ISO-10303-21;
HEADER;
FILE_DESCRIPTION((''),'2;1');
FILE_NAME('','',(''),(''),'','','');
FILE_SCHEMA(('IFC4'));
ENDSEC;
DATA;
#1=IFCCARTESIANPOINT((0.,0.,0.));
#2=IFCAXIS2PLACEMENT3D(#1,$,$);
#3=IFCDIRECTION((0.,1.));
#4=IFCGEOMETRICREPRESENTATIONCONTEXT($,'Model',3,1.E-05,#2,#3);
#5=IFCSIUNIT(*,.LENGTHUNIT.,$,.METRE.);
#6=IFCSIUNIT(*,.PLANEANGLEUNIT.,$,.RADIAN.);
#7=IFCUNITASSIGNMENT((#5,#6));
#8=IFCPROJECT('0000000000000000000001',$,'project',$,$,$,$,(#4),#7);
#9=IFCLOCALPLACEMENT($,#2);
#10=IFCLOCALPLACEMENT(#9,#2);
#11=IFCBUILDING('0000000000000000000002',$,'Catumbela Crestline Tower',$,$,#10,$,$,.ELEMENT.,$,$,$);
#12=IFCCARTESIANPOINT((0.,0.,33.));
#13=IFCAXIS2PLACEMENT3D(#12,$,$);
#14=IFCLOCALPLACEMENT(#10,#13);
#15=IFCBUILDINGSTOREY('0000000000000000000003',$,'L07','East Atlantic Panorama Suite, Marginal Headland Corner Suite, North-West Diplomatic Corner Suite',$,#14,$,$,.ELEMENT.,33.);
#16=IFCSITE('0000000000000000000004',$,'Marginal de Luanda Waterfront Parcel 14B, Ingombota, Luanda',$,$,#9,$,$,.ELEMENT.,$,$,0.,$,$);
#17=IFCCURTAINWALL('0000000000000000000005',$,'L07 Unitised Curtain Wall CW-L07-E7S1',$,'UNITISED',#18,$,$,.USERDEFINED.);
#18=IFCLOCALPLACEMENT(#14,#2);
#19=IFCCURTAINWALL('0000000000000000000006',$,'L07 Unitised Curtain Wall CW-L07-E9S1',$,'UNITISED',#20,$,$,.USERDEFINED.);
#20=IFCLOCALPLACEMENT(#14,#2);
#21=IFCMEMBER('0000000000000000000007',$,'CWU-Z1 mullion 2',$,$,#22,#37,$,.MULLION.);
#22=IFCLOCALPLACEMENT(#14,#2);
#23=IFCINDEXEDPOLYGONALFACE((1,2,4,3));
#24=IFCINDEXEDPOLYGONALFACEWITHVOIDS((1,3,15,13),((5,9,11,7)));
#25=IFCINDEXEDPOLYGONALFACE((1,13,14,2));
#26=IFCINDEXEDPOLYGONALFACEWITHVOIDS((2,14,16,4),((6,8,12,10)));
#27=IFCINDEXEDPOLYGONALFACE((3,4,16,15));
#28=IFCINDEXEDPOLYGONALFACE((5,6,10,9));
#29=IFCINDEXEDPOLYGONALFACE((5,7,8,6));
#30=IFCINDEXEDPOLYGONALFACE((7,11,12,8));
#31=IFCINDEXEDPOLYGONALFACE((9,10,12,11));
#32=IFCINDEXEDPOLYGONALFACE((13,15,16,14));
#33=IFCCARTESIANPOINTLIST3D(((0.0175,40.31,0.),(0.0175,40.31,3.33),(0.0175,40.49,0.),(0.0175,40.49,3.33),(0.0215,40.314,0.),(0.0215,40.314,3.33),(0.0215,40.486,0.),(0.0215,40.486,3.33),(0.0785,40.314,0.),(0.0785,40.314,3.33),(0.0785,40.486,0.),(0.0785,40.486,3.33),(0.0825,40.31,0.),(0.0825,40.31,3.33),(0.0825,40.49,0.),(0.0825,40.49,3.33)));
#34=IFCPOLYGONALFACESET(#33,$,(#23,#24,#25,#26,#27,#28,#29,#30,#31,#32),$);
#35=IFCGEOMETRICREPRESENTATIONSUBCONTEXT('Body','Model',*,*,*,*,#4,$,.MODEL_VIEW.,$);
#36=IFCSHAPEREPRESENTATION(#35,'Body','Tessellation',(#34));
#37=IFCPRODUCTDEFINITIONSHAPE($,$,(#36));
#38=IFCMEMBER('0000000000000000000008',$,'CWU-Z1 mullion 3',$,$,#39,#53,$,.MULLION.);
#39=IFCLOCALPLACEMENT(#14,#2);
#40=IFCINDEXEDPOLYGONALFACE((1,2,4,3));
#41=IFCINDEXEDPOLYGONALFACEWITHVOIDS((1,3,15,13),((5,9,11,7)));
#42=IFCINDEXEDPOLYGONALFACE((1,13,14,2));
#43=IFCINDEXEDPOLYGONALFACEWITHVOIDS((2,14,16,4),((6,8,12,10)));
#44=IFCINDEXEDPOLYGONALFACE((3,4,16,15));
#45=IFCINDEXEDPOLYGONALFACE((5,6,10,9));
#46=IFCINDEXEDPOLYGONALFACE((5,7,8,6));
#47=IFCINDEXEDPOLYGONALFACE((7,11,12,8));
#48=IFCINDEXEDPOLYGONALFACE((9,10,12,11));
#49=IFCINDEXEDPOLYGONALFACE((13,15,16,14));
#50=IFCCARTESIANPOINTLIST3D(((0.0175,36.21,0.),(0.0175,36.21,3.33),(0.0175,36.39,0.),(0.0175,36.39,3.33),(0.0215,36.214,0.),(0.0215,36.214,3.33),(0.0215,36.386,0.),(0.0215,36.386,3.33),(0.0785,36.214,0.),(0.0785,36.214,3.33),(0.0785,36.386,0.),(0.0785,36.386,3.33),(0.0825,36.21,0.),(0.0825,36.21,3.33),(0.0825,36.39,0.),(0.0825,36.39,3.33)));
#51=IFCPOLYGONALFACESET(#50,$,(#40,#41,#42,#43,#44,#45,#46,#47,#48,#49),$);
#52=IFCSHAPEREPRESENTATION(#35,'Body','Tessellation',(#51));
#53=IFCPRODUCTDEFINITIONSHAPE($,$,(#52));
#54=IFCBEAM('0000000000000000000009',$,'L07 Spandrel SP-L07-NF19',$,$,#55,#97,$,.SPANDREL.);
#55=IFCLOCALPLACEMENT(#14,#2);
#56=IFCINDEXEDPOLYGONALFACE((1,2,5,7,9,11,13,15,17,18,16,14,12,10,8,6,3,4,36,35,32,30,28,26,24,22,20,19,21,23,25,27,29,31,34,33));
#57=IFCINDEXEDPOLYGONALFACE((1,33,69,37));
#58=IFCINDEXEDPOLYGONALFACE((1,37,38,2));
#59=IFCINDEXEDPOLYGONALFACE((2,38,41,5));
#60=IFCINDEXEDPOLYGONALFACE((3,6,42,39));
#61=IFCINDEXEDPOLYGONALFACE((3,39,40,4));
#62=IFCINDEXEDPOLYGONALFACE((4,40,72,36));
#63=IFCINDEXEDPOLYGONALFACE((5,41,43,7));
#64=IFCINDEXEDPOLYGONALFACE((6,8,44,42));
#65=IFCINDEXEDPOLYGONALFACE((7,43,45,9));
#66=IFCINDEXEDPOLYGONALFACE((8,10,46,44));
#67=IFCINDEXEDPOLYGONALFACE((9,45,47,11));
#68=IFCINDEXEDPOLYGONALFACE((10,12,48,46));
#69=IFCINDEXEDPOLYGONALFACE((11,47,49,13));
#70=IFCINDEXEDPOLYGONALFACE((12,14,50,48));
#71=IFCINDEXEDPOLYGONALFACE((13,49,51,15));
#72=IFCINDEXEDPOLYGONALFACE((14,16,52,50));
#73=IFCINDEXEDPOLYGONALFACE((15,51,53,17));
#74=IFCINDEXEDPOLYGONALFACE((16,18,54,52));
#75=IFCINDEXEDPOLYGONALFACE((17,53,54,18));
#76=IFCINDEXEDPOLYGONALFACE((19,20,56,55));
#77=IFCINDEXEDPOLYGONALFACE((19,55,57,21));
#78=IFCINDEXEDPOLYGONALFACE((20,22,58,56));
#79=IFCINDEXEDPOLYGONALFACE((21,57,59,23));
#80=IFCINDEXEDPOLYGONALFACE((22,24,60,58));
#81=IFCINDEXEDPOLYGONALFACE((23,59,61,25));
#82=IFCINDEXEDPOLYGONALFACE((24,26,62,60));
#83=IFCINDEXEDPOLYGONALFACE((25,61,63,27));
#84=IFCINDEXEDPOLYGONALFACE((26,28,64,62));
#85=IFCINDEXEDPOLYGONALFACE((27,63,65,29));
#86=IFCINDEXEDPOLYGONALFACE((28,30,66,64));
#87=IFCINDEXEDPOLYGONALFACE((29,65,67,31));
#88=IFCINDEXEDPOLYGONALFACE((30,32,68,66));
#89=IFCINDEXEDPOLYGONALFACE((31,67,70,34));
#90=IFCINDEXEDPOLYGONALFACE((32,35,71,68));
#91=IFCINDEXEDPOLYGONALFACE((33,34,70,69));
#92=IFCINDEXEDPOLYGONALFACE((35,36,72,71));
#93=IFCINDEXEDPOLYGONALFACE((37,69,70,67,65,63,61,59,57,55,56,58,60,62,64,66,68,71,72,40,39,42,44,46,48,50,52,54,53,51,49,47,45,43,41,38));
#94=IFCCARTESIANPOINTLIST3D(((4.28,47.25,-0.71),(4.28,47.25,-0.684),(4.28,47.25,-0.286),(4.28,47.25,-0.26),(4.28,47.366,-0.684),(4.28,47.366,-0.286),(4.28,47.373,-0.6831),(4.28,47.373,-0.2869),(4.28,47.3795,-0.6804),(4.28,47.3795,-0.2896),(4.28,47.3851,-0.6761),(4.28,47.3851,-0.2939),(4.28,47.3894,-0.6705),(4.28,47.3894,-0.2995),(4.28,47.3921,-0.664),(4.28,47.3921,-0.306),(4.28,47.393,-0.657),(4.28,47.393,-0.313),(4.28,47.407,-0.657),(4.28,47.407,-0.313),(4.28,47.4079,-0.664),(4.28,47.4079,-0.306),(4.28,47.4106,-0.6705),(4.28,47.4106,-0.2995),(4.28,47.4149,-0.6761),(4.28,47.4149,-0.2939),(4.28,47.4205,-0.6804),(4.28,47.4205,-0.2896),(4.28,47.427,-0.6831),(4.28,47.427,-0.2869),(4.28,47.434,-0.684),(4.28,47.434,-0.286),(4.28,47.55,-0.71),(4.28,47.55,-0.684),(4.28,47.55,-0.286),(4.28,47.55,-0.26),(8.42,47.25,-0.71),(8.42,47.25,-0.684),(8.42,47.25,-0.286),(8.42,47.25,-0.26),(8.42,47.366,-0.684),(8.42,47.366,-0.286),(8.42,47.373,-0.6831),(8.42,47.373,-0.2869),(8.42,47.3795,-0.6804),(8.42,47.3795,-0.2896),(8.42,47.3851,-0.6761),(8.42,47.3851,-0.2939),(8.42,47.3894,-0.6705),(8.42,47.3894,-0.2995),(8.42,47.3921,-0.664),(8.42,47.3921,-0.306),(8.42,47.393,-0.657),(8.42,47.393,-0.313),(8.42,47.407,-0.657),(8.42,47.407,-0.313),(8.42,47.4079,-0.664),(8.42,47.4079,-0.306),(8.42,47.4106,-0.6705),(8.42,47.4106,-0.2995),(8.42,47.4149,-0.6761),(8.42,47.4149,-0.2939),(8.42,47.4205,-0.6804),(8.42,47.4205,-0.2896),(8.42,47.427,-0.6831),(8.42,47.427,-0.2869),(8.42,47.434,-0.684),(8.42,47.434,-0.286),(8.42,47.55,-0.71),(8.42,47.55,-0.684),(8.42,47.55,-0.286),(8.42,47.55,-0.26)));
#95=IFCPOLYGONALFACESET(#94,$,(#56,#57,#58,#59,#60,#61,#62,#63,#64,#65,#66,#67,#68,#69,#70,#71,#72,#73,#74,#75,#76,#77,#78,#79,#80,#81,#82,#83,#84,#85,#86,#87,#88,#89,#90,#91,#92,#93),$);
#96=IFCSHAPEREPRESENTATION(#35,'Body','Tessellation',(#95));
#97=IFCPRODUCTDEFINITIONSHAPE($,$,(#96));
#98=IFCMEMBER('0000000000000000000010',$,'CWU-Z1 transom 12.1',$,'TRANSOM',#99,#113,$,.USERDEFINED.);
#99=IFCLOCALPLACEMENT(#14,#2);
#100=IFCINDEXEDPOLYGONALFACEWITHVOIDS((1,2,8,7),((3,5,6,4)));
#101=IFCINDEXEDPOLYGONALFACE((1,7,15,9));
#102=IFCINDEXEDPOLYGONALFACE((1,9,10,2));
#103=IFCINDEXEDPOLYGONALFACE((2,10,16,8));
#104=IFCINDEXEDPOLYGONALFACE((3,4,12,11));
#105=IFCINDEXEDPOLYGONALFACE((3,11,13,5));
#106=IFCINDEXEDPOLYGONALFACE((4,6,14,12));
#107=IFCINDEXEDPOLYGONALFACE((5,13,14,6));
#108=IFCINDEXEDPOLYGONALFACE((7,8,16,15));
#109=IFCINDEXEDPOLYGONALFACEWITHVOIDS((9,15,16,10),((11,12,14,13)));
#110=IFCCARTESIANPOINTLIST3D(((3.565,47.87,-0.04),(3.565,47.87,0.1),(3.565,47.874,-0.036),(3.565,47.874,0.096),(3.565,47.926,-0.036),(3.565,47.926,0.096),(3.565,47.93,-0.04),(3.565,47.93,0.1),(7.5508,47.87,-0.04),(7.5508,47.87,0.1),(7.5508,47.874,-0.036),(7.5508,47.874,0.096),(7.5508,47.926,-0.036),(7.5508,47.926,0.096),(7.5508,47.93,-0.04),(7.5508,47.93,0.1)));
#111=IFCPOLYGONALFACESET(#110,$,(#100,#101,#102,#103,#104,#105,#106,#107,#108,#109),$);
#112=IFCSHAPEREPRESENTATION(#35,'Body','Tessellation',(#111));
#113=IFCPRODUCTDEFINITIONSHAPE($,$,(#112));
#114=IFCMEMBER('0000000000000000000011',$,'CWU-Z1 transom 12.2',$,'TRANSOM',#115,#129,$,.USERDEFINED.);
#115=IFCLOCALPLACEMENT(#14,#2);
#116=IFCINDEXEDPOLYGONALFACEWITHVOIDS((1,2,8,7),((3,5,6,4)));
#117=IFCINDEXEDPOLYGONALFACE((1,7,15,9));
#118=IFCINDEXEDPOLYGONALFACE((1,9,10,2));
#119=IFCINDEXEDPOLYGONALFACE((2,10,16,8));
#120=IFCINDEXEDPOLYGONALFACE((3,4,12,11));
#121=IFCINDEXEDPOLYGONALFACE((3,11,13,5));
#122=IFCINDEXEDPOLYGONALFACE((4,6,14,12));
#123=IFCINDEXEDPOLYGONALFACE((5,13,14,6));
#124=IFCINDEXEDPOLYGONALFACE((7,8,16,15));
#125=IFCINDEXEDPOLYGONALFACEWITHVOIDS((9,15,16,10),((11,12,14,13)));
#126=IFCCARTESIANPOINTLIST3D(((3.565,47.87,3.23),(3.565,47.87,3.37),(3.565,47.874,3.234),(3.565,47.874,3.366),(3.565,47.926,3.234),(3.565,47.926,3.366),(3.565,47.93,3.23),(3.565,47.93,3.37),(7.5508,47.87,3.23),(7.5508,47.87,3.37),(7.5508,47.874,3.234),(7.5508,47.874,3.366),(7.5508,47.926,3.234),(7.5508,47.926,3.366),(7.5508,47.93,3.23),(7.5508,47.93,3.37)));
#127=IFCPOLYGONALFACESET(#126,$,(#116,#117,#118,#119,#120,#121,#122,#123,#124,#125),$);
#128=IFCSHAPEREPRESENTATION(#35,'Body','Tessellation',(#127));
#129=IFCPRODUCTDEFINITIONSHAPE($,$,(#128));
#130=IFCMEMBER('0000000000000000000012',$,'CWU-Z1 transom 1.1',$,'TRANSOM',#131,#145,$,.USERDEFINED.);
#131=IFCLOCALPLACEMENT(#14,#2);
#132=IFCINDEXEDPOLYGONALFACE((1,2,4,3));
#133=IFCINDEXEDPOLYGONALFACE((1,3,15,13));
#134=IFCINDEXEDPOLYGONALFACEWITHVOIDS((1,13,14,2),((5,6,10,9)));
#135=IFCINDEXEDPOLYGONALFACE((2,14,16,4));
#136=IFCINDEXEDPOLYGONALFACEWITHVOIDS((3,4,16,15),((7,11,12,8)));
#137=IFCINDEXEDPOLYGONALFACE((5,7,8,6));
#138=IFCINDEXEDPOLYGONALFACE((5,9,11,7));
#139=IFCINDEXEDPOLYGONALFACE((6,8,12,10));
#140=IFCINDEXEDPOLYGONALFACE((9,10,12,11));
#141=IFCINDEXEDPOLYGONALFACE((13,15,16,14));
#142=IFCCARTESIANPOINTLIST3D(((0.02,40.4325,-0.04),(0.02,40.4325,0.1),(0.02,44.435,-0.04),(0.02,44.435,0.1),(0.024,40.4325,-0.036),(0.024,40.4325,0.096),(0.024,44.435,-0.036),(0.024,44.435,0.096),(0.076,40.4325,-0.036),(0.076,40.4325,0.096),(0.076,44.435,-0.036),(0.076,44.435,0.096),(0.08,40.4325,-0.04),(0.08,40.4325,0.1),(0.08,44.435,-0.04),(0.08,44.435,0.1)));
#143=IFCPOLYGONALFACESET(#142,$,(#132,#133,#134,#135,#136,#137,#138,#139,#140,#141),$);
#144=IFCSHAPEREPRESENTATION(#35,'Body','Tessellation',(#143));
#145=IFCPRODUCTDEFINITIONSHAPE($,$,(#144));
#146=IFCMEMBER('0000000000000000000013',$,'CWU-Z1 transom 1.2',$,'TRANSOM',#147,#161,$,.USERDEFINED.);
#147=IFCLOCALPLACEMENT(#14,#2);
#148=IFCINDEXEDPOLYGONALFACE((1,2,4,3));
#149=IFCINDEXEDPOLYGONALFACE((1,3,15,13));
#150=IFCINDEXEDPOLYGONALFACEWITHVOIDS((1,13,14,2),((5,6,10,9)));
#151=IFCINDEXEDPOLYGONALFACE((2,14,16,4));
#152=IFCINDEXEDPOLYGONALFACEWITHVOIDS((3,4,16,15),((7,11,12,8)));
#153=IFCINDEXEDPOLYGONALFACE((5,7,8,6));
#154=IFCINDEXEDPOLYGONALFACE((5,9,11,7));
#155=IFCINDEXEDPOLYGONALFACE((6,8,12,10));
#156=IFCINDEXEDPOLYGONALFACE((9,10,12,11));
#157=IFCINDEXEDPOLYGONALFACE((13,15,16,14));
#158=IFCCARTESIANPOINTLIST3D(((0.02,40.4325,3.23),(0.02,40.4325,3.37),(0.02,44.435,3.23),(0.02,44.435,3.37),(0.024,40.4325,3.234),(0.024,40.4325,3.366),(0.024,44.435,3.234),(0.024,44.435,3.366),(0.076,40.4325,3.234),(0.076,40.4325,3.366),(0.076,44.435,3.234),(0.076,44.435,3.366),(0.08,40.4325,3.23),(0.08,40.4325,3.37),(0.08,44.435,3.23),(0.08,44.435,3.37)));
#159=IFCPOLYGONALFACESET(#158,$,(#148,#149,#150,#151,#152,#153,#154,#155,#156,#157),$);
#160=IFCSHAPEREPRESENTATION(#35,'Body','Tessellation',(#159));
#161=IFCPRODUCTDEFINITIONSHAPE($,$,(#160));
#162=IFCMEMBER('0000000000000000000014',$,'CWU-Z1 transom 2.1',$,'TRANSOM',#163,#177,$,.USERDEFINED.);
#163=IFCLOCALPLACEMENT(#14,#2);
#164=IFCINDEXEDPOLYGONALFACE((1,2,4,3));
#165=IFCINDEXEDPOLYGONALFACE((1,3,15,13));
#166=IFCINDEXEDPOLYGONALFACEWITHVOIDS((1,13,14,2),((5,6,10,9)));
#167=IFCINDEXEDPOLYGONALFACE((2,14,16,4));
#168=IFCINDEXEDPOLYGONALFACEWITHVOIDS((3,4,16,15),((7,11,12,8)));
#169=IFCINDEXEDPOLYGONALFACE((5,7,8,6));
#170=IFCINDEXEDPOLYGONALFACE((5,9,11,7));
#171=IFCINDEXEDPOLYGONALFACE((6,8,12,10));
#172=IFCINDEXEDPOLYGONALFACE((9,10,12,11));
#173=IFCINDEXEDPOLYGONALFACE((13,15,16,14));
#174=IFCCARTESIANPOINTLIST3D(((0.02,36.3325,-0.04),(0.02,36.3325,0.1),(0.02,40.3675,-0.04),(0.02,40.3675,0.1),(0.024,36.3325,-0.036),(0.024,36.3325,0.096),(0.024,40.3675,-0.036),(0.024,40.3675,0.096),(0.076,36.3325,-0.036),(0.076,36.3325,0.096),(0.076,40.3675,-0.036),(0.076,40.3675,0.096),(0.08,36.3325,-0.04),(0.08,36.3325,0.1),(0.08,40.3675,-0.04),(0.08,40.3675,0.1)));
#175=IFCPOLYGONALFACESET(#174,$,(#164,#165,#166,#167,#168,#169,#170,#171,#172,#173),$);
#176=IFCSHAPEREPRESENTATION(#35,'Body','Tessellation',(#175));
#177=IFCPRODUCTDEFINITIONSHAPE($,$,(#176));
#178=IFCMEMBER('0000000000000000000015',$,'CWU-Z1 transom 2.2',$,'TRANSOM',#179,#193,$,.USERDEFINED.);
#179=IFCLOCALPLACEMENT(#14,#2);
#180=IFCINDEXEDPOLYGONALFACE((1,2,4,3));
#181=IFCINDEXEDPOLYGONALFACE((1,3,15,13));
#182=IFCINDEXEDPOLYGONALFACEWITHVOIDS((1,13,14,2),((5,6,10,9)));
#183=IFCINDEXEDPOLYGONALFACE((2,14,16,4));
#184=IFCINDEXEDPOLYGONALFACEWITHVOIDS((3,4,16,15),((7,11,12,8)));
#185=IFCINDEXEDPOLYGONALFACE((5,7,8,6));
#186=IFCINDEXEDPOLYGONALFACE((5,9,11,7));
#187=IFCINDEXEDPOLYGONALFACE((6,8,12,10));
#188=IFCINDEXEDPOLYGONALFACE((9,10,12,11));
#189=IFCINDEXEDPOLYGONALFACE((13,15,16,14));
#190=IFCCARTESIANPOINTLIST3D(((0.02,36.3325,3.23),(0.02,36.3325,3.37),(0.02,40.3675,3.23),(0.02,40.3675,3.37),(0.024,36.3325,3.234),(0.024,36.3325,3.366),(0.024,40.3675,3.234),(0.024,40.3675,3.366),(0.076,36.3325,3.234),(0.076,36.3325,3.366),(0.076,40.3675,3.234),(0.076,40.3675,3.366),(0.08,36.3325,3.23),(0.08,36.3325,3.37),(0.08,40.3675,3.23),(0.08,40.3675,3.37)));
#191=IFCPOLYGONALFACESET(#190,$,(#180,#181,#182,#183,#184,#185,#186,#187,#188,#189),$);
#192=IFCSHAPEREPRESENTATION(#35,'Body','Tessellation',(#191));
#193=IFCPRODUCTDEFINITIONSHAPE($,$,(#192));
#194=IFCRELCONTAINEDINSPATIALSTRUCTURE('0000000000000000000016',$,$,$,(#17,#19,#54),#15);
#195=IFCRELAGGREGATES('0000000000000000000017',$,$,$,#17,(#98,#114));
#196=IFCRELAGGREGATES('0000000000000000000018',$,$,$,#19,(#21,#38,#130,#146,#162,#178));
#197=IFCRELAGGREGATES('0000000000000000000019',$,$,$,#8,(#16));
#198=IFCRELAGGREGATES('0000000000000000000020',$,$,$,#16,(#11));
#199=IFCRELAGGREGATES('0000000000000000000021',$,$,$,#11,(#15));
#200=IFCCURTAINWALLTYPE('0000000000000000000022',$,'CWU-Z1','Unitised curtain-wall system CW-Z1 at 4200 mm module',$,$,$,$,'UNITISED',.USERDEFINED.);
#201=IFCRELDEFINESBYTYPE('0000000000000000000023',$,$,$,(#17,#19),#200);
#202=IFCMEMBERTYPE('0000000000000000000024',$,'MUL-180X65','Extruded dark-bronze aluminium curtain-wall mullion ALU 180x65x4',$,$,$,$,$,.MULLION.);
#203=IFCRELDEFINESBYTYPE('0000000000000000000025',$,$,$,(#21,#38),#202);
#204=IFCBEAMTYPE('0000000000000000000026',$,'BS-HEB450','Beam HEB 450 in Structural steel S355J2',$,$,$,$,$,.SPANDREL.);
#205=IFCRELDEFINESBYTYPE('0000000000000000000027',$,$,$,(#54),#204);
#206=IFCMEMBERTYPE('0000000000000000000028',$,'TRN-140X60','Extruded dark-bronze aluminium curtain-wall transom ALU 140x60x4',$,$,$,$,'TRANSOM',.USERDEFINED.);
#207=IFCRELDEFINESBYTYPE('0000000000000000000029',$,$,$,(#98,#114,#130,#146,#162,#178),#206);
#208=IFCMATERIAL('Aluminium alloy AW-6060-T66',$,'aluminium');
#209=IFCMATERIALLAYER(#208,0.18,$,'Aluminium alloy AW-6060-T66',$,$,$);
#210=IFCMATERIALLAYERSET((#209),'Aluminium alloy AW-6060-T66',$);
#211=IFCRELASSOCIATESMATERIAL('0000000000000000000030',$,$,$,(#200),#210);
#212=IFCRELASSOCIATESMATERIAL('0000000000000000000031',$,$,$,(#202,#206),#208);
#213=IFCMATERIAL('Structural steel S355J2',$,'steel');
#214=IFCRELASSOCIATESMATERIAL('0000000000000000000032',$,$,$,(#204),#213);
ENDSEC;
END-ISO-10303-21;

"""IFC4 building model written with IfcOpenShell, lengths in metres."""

from ifc_helpers import new_model, si_unit, direction, frame, origin, origin_2d, place, context, subcontext, project, spatial, hollow_rectangle, i_section, extrude, material, layer, layer_set, material_profile, profile_set, type_object, element, aggregate, save


model = new_model("IFC4")

# Units and contexts
model_context = context("Model", 3, precision=1e-05, world=origin(), true_north=direction((0.0, 1.0)))
body_context = subcontext(model_context, "Body", "Model", "MODEL_VIEW")
ifc_project = project(units=[si_unit("LENGTHUNIT", "METRE"), si_unit("PLANEANGLEUNIT", "RADIAN")], contexts=[model_context])

# Site, building, storey
site_placement = place(None, origin())
site = spatial("IfcSite", under=ifc_project, at=site_placement, Name="Marginal de Luanda Waterfront Parcel 14B, Ingombota, Luanda", CompositionType="ELEMENT", RefElevation=0.0)
building_placement = place(site_placement, origin())
building = spatial("IfcBuilding", under=site, at=building_placement, Name="Catumbela Crestline Tower", CompositionType="ELEMENT")
storey_placement = place(building_placement, frame((0.0, 0.0, 33.0)))
storey = spatial("IfcBuildingStorey", under=building, at=storey_placement, Name="L07", Description="East Atlantic Panorama Suite, Marginal Headland Corner Suite, North-West Diplomatic Corner Suite", CompositionType="ELEMENT", Elevation=33.0)

# Shared definitions
ifc_material_1 = material(Name="Structural steel S355J2", Category="steel")

# Curtain walls, members
ifc_material_2 = material(Name="Aluminium alloy AW-6060-T66", Category="aluminium")
ifc_layer_1 = layer(ifc_material_2, 0.18, Name="Aluminium alloy AW-6060-T66")
ifc_layer_set_1 = layer_set([ifc_layer_1], Name="Aluminium alloy AW-6060-T66")
curtain_wall_type = type_object("IfcCurtainWallType", Name="CWU-Z1", Description="Unitised curtain-wall system CW-Z1 at 4200 mm module", ElementType="UNITISED", PredefinedType="USERDEFINED", material=ifc_layer_set_1)
curtain_wall_1_placement = place(storey_placement, origin())
curtain_wall_1 = element("IfcCurtainWall", 1, at=curtain_wall_1_placement, inside=storey, type_object=curtain_wall_type, Name="L07 Unitised Curtain Wall CW-L07-E7S1", ObjectType="UNITISED", PredefinedType="USERDEFINED")
ifc_material_profile_1 = material_profile(ifc_material_2, hollow_rectangle(XDim=0.065, YDim=0.18, WallThickness=0.004, at=origin_2d()), Name="ALU 180x65x4")
ifc_profile_set_1 = profile_set([ifc_material_profile_1], Name="Aluminium alloy AW-6060-T66")
member_type_1 = type_object("IfcMemberType", Name="MUL-180X65", Description="Extruded dark-bronze aluminium curtain-wall mullion ALU 180x65x4", PredefinedType="MULLION", material=ifc_profile_set_1)
curtain_wall_2_placement = place(storey_placement, origin())
curtain_wall_2 = element("IfcCurtainWall", 2, at=curtain_wall_2_placement, inside=storey, type_object=curtain_wall_type, Name="L07 Unitised Curtain Wall CW-L07-E9S1", ObjectType="UNITISED", PredefinedType="USERDEFINED")
member_1_placement = place(storey_placement, frame((0.05, 40.4, 0.0), z_axis=(0.0, 0.0, 1.0), x_axis=(1.0, 0.0, 0.0)))
member_1 = element("IfcMember", 3, at=member_1_placement, type_object=member_type_1, Name="CWU-Z1 mullion 2", PredefinedType="MULLION", context=body_context, shape_type="SweptSolid", body=[
    extrude(hollow_rectangle(XDim=0.065, YDim=0.18, WallThickness=0.004, at=origin_2d()), origin(), (0.0, 0.0, 1.0), 3.33),
])
member_2_placement = place(storey_placement, frame((0.05, 36.3, 0.0), z_axis=(0.0, 0.0, 1.0), x_axis=(1.0, 0.0, 0.0)))
member_2 = element("IfcMember", 4, at=member_2_placement, type_object=member_type_1, Name="CWU-Z1 mullion 3", PredefinedType="MULLION", context=body_context, shape_type="SweptSolid", body=[
    extrude(hollow_rectangle(XDim=0.065, YDim=0.18, WallThickness=0.004, at=origin_2d()), origin(), (0.0, 0.0, 1.0), 3.33),
])

# Beam
ifc_material_profile_2 = material_profile(ifc_material_1, i_section(OverallWidth=0.3, OverallDepth=0.45, WebThickness=0.014, FlangeThickness=0.026, FilletRadius=0.027, at=origin_2d()), Name="HEB 450")
ifc_profile_set_2 = profile_set([ifc_material_profile_2], Name="Structural steel S355J2")
beam_type_1 = type_object("IfcBeamType", Name="BS-HEB450", Description="Beam HEB 450 in Structural steel S355J2", PredefinedType="SPANDREL", material=ifc_profile_set_2)
beam_1_placement = place(storey_placement, frame((4.28, 47.4, -0.485), z_axis=(1.0, 0.0, 0.0), x_axis=(0.0, 1.0, 0.0)))
element("IfcBeam", 5, at=beam_1_placement, inside=storey, type_object=beam_type_1, Name="L07 Spandrel SP-L07-NF19", PredefinedType="SPANDREL", context=body_context, shape_type="SweptSolid", body=[
    extrude(i_section(OverallWidth=0.3, OverallDepth=0.45, WebThickness=0.014, FlangeThickness=0.026, FilletRadius=0.027, at=origin_2d()), origin(), (0.0, 0.0, 1.0), 4.14),
])

# Members
ifc_material_profile_3 = material_profile(ifc_material_2, hollow_rectangle(XDim=0.06, YDim=0.14, WallThickness=0.004, at=origin_2d()), Name="ALU 140x60x4")
ifc_profile_set_3 = profile_set([ifc_material_profile_3], Name="Aluminium alloy AW-6060-T66")
member_type_2 = type_object("IfcMemberType", Name="TRN-140X60", Description="Extruded dark-bronze aluminium curtain-wall transom ALU 140x60x4", ElementType="TRANSOM", PredefinedType="USERDEFINED", material=ifc_profile_set_3)
member_3_placement = place(storey_placement, frame((7.5508, 47.9, 0.03), z_axis=(-1.0, 0.0, 0.0), x_axis=(0.0, -1.0, 0.0)))
member_3 = element("IfcMember", 6, at=member_3_placement, type_object=member_type_2, Name="CWU-Z1 transom 12.1", ObjectType="TRANSOM", PredefinedType="USERDEFINED", context=body_context, shape_type="SweptSolid", body=[
    extrude(hollow_rectangle(XDim=0.06, YDim=0.14, WallThickness=0.004, at=origin_2d()), origin(), (0.0, 0.0, 1.0), 3.9858),
])
member_4_placement = place(storey_placement, frame((7.5508, 47.9, 3.3), z_axis=(-1.0, 0.0, 0.0), x_axis=(0.0, -1.0, 0.0)))
member_4 = element("IfcMember", 7, at=member_4_placement, type_object=member_type_2, Name="CWU-Z1 transom 12.2", ObjectType="TRANSOM", PredefinedType="USERDEFINED", context=body_context, shape_type="SweptSolid", body=[
    extrude(hollow_rectangle(XDim=0.06, YDim=0.14, WallThickness=0.004, at=origin_2d()), origin(), (0.0, 0.0, 1.0), 3.9858),
])
member_5_placement = place(storey_placement, frame((0.05, 44.435, 0.03), z_axis=(0.0, -1.0, 0.0), x_axis=(1.0, 0.0, 0.0)))
member_5 = element("IfcMember", 8, at=member_5_placement, type_object=member_type_2, Name="CWU-Z1 transom 1.1", ObjectType="TRANSOM", PredefinedType="USERDEFINED", context=body_context, shape_type="SweptSolid", body=[
    extrude(hollow_rectangle(XDim=0.06, YDim=0.14, WallThickness=0.004, at=origin_2d()), origin(), (0.0, 0.0, 1.0), 4.0025),
])
member_6_placement = place(storey_placement, frame((0.05, 44.435, 3.3), z_axis=(0.0, -1.0, 0.0), x_axis=(1.0, 0.0, 0.0)))
member_6 = element("IfcMember", 9, at=member_6_placement, type_object=member_type_2, Name="CWU-Z1 transom 1.2", ObjectType="TRANSOM", PredefinedType="USERDEFINED", context=body_context, shape_type="SweptSolid", body=[
    extrude(hollow_rectangle(XDim=0.06, YDim=0.14, WallThickness=0.004, at=origin_2d()), origin(), (0.0, 0.0, 1.0), 4.0025),
])
member_7_placement = place(storey_placement, frame((0.05, 40.3675, 0.03), z_axis=(0.0, -1.0, 0.0), x_axis=(1.0, 0.0, 0.0)))
member_7 = element("IfcMember", 10, at=member_7_placement, type_object=member_type_2, Name="CWU-Z1 transom 2.1", ObjectType="TRANSOM", PredefinedType="USERDEFINED", context=body_context, shape_type="SweptSolid", body=[
    extrude(hollow_rectangle(XDim=0.06, YDim=0.14, WallThickness=0.004, at=origin_2d()), origin(), (0.0, 0.0, 1.0), 4.035),
])
member_8_placement = place(storey_placement, frame((0.05, 40.3675, 3.3), z_axis=(0.0, -1.0, 0.0), x_axis=(1.0, 0.0, 0.0)))
member_8 = element("IfcMember", 11, at=member_8_placement, type_object=member_type_2, Name="CWU-Z1 transom 2.2", ObjectType="TRANSOM", PredefinedType="USERDEFINED", context=body_context, shape_type="SweptSolid", body=[
    extrude(hollow_rectangle(XDim=0.06, YDim=0.14, WallThickness=0.004, at=origin_2d()), origin(), (0.0, 0.0, 1.0), 4.035),
])

aggregate(curtain_wall_1, [member_3, member_4])
aggregate(curtain_wall_2, [member_1, member_2, member_5, member_6, member_7, member_8])

save(model, "model.ifc")
